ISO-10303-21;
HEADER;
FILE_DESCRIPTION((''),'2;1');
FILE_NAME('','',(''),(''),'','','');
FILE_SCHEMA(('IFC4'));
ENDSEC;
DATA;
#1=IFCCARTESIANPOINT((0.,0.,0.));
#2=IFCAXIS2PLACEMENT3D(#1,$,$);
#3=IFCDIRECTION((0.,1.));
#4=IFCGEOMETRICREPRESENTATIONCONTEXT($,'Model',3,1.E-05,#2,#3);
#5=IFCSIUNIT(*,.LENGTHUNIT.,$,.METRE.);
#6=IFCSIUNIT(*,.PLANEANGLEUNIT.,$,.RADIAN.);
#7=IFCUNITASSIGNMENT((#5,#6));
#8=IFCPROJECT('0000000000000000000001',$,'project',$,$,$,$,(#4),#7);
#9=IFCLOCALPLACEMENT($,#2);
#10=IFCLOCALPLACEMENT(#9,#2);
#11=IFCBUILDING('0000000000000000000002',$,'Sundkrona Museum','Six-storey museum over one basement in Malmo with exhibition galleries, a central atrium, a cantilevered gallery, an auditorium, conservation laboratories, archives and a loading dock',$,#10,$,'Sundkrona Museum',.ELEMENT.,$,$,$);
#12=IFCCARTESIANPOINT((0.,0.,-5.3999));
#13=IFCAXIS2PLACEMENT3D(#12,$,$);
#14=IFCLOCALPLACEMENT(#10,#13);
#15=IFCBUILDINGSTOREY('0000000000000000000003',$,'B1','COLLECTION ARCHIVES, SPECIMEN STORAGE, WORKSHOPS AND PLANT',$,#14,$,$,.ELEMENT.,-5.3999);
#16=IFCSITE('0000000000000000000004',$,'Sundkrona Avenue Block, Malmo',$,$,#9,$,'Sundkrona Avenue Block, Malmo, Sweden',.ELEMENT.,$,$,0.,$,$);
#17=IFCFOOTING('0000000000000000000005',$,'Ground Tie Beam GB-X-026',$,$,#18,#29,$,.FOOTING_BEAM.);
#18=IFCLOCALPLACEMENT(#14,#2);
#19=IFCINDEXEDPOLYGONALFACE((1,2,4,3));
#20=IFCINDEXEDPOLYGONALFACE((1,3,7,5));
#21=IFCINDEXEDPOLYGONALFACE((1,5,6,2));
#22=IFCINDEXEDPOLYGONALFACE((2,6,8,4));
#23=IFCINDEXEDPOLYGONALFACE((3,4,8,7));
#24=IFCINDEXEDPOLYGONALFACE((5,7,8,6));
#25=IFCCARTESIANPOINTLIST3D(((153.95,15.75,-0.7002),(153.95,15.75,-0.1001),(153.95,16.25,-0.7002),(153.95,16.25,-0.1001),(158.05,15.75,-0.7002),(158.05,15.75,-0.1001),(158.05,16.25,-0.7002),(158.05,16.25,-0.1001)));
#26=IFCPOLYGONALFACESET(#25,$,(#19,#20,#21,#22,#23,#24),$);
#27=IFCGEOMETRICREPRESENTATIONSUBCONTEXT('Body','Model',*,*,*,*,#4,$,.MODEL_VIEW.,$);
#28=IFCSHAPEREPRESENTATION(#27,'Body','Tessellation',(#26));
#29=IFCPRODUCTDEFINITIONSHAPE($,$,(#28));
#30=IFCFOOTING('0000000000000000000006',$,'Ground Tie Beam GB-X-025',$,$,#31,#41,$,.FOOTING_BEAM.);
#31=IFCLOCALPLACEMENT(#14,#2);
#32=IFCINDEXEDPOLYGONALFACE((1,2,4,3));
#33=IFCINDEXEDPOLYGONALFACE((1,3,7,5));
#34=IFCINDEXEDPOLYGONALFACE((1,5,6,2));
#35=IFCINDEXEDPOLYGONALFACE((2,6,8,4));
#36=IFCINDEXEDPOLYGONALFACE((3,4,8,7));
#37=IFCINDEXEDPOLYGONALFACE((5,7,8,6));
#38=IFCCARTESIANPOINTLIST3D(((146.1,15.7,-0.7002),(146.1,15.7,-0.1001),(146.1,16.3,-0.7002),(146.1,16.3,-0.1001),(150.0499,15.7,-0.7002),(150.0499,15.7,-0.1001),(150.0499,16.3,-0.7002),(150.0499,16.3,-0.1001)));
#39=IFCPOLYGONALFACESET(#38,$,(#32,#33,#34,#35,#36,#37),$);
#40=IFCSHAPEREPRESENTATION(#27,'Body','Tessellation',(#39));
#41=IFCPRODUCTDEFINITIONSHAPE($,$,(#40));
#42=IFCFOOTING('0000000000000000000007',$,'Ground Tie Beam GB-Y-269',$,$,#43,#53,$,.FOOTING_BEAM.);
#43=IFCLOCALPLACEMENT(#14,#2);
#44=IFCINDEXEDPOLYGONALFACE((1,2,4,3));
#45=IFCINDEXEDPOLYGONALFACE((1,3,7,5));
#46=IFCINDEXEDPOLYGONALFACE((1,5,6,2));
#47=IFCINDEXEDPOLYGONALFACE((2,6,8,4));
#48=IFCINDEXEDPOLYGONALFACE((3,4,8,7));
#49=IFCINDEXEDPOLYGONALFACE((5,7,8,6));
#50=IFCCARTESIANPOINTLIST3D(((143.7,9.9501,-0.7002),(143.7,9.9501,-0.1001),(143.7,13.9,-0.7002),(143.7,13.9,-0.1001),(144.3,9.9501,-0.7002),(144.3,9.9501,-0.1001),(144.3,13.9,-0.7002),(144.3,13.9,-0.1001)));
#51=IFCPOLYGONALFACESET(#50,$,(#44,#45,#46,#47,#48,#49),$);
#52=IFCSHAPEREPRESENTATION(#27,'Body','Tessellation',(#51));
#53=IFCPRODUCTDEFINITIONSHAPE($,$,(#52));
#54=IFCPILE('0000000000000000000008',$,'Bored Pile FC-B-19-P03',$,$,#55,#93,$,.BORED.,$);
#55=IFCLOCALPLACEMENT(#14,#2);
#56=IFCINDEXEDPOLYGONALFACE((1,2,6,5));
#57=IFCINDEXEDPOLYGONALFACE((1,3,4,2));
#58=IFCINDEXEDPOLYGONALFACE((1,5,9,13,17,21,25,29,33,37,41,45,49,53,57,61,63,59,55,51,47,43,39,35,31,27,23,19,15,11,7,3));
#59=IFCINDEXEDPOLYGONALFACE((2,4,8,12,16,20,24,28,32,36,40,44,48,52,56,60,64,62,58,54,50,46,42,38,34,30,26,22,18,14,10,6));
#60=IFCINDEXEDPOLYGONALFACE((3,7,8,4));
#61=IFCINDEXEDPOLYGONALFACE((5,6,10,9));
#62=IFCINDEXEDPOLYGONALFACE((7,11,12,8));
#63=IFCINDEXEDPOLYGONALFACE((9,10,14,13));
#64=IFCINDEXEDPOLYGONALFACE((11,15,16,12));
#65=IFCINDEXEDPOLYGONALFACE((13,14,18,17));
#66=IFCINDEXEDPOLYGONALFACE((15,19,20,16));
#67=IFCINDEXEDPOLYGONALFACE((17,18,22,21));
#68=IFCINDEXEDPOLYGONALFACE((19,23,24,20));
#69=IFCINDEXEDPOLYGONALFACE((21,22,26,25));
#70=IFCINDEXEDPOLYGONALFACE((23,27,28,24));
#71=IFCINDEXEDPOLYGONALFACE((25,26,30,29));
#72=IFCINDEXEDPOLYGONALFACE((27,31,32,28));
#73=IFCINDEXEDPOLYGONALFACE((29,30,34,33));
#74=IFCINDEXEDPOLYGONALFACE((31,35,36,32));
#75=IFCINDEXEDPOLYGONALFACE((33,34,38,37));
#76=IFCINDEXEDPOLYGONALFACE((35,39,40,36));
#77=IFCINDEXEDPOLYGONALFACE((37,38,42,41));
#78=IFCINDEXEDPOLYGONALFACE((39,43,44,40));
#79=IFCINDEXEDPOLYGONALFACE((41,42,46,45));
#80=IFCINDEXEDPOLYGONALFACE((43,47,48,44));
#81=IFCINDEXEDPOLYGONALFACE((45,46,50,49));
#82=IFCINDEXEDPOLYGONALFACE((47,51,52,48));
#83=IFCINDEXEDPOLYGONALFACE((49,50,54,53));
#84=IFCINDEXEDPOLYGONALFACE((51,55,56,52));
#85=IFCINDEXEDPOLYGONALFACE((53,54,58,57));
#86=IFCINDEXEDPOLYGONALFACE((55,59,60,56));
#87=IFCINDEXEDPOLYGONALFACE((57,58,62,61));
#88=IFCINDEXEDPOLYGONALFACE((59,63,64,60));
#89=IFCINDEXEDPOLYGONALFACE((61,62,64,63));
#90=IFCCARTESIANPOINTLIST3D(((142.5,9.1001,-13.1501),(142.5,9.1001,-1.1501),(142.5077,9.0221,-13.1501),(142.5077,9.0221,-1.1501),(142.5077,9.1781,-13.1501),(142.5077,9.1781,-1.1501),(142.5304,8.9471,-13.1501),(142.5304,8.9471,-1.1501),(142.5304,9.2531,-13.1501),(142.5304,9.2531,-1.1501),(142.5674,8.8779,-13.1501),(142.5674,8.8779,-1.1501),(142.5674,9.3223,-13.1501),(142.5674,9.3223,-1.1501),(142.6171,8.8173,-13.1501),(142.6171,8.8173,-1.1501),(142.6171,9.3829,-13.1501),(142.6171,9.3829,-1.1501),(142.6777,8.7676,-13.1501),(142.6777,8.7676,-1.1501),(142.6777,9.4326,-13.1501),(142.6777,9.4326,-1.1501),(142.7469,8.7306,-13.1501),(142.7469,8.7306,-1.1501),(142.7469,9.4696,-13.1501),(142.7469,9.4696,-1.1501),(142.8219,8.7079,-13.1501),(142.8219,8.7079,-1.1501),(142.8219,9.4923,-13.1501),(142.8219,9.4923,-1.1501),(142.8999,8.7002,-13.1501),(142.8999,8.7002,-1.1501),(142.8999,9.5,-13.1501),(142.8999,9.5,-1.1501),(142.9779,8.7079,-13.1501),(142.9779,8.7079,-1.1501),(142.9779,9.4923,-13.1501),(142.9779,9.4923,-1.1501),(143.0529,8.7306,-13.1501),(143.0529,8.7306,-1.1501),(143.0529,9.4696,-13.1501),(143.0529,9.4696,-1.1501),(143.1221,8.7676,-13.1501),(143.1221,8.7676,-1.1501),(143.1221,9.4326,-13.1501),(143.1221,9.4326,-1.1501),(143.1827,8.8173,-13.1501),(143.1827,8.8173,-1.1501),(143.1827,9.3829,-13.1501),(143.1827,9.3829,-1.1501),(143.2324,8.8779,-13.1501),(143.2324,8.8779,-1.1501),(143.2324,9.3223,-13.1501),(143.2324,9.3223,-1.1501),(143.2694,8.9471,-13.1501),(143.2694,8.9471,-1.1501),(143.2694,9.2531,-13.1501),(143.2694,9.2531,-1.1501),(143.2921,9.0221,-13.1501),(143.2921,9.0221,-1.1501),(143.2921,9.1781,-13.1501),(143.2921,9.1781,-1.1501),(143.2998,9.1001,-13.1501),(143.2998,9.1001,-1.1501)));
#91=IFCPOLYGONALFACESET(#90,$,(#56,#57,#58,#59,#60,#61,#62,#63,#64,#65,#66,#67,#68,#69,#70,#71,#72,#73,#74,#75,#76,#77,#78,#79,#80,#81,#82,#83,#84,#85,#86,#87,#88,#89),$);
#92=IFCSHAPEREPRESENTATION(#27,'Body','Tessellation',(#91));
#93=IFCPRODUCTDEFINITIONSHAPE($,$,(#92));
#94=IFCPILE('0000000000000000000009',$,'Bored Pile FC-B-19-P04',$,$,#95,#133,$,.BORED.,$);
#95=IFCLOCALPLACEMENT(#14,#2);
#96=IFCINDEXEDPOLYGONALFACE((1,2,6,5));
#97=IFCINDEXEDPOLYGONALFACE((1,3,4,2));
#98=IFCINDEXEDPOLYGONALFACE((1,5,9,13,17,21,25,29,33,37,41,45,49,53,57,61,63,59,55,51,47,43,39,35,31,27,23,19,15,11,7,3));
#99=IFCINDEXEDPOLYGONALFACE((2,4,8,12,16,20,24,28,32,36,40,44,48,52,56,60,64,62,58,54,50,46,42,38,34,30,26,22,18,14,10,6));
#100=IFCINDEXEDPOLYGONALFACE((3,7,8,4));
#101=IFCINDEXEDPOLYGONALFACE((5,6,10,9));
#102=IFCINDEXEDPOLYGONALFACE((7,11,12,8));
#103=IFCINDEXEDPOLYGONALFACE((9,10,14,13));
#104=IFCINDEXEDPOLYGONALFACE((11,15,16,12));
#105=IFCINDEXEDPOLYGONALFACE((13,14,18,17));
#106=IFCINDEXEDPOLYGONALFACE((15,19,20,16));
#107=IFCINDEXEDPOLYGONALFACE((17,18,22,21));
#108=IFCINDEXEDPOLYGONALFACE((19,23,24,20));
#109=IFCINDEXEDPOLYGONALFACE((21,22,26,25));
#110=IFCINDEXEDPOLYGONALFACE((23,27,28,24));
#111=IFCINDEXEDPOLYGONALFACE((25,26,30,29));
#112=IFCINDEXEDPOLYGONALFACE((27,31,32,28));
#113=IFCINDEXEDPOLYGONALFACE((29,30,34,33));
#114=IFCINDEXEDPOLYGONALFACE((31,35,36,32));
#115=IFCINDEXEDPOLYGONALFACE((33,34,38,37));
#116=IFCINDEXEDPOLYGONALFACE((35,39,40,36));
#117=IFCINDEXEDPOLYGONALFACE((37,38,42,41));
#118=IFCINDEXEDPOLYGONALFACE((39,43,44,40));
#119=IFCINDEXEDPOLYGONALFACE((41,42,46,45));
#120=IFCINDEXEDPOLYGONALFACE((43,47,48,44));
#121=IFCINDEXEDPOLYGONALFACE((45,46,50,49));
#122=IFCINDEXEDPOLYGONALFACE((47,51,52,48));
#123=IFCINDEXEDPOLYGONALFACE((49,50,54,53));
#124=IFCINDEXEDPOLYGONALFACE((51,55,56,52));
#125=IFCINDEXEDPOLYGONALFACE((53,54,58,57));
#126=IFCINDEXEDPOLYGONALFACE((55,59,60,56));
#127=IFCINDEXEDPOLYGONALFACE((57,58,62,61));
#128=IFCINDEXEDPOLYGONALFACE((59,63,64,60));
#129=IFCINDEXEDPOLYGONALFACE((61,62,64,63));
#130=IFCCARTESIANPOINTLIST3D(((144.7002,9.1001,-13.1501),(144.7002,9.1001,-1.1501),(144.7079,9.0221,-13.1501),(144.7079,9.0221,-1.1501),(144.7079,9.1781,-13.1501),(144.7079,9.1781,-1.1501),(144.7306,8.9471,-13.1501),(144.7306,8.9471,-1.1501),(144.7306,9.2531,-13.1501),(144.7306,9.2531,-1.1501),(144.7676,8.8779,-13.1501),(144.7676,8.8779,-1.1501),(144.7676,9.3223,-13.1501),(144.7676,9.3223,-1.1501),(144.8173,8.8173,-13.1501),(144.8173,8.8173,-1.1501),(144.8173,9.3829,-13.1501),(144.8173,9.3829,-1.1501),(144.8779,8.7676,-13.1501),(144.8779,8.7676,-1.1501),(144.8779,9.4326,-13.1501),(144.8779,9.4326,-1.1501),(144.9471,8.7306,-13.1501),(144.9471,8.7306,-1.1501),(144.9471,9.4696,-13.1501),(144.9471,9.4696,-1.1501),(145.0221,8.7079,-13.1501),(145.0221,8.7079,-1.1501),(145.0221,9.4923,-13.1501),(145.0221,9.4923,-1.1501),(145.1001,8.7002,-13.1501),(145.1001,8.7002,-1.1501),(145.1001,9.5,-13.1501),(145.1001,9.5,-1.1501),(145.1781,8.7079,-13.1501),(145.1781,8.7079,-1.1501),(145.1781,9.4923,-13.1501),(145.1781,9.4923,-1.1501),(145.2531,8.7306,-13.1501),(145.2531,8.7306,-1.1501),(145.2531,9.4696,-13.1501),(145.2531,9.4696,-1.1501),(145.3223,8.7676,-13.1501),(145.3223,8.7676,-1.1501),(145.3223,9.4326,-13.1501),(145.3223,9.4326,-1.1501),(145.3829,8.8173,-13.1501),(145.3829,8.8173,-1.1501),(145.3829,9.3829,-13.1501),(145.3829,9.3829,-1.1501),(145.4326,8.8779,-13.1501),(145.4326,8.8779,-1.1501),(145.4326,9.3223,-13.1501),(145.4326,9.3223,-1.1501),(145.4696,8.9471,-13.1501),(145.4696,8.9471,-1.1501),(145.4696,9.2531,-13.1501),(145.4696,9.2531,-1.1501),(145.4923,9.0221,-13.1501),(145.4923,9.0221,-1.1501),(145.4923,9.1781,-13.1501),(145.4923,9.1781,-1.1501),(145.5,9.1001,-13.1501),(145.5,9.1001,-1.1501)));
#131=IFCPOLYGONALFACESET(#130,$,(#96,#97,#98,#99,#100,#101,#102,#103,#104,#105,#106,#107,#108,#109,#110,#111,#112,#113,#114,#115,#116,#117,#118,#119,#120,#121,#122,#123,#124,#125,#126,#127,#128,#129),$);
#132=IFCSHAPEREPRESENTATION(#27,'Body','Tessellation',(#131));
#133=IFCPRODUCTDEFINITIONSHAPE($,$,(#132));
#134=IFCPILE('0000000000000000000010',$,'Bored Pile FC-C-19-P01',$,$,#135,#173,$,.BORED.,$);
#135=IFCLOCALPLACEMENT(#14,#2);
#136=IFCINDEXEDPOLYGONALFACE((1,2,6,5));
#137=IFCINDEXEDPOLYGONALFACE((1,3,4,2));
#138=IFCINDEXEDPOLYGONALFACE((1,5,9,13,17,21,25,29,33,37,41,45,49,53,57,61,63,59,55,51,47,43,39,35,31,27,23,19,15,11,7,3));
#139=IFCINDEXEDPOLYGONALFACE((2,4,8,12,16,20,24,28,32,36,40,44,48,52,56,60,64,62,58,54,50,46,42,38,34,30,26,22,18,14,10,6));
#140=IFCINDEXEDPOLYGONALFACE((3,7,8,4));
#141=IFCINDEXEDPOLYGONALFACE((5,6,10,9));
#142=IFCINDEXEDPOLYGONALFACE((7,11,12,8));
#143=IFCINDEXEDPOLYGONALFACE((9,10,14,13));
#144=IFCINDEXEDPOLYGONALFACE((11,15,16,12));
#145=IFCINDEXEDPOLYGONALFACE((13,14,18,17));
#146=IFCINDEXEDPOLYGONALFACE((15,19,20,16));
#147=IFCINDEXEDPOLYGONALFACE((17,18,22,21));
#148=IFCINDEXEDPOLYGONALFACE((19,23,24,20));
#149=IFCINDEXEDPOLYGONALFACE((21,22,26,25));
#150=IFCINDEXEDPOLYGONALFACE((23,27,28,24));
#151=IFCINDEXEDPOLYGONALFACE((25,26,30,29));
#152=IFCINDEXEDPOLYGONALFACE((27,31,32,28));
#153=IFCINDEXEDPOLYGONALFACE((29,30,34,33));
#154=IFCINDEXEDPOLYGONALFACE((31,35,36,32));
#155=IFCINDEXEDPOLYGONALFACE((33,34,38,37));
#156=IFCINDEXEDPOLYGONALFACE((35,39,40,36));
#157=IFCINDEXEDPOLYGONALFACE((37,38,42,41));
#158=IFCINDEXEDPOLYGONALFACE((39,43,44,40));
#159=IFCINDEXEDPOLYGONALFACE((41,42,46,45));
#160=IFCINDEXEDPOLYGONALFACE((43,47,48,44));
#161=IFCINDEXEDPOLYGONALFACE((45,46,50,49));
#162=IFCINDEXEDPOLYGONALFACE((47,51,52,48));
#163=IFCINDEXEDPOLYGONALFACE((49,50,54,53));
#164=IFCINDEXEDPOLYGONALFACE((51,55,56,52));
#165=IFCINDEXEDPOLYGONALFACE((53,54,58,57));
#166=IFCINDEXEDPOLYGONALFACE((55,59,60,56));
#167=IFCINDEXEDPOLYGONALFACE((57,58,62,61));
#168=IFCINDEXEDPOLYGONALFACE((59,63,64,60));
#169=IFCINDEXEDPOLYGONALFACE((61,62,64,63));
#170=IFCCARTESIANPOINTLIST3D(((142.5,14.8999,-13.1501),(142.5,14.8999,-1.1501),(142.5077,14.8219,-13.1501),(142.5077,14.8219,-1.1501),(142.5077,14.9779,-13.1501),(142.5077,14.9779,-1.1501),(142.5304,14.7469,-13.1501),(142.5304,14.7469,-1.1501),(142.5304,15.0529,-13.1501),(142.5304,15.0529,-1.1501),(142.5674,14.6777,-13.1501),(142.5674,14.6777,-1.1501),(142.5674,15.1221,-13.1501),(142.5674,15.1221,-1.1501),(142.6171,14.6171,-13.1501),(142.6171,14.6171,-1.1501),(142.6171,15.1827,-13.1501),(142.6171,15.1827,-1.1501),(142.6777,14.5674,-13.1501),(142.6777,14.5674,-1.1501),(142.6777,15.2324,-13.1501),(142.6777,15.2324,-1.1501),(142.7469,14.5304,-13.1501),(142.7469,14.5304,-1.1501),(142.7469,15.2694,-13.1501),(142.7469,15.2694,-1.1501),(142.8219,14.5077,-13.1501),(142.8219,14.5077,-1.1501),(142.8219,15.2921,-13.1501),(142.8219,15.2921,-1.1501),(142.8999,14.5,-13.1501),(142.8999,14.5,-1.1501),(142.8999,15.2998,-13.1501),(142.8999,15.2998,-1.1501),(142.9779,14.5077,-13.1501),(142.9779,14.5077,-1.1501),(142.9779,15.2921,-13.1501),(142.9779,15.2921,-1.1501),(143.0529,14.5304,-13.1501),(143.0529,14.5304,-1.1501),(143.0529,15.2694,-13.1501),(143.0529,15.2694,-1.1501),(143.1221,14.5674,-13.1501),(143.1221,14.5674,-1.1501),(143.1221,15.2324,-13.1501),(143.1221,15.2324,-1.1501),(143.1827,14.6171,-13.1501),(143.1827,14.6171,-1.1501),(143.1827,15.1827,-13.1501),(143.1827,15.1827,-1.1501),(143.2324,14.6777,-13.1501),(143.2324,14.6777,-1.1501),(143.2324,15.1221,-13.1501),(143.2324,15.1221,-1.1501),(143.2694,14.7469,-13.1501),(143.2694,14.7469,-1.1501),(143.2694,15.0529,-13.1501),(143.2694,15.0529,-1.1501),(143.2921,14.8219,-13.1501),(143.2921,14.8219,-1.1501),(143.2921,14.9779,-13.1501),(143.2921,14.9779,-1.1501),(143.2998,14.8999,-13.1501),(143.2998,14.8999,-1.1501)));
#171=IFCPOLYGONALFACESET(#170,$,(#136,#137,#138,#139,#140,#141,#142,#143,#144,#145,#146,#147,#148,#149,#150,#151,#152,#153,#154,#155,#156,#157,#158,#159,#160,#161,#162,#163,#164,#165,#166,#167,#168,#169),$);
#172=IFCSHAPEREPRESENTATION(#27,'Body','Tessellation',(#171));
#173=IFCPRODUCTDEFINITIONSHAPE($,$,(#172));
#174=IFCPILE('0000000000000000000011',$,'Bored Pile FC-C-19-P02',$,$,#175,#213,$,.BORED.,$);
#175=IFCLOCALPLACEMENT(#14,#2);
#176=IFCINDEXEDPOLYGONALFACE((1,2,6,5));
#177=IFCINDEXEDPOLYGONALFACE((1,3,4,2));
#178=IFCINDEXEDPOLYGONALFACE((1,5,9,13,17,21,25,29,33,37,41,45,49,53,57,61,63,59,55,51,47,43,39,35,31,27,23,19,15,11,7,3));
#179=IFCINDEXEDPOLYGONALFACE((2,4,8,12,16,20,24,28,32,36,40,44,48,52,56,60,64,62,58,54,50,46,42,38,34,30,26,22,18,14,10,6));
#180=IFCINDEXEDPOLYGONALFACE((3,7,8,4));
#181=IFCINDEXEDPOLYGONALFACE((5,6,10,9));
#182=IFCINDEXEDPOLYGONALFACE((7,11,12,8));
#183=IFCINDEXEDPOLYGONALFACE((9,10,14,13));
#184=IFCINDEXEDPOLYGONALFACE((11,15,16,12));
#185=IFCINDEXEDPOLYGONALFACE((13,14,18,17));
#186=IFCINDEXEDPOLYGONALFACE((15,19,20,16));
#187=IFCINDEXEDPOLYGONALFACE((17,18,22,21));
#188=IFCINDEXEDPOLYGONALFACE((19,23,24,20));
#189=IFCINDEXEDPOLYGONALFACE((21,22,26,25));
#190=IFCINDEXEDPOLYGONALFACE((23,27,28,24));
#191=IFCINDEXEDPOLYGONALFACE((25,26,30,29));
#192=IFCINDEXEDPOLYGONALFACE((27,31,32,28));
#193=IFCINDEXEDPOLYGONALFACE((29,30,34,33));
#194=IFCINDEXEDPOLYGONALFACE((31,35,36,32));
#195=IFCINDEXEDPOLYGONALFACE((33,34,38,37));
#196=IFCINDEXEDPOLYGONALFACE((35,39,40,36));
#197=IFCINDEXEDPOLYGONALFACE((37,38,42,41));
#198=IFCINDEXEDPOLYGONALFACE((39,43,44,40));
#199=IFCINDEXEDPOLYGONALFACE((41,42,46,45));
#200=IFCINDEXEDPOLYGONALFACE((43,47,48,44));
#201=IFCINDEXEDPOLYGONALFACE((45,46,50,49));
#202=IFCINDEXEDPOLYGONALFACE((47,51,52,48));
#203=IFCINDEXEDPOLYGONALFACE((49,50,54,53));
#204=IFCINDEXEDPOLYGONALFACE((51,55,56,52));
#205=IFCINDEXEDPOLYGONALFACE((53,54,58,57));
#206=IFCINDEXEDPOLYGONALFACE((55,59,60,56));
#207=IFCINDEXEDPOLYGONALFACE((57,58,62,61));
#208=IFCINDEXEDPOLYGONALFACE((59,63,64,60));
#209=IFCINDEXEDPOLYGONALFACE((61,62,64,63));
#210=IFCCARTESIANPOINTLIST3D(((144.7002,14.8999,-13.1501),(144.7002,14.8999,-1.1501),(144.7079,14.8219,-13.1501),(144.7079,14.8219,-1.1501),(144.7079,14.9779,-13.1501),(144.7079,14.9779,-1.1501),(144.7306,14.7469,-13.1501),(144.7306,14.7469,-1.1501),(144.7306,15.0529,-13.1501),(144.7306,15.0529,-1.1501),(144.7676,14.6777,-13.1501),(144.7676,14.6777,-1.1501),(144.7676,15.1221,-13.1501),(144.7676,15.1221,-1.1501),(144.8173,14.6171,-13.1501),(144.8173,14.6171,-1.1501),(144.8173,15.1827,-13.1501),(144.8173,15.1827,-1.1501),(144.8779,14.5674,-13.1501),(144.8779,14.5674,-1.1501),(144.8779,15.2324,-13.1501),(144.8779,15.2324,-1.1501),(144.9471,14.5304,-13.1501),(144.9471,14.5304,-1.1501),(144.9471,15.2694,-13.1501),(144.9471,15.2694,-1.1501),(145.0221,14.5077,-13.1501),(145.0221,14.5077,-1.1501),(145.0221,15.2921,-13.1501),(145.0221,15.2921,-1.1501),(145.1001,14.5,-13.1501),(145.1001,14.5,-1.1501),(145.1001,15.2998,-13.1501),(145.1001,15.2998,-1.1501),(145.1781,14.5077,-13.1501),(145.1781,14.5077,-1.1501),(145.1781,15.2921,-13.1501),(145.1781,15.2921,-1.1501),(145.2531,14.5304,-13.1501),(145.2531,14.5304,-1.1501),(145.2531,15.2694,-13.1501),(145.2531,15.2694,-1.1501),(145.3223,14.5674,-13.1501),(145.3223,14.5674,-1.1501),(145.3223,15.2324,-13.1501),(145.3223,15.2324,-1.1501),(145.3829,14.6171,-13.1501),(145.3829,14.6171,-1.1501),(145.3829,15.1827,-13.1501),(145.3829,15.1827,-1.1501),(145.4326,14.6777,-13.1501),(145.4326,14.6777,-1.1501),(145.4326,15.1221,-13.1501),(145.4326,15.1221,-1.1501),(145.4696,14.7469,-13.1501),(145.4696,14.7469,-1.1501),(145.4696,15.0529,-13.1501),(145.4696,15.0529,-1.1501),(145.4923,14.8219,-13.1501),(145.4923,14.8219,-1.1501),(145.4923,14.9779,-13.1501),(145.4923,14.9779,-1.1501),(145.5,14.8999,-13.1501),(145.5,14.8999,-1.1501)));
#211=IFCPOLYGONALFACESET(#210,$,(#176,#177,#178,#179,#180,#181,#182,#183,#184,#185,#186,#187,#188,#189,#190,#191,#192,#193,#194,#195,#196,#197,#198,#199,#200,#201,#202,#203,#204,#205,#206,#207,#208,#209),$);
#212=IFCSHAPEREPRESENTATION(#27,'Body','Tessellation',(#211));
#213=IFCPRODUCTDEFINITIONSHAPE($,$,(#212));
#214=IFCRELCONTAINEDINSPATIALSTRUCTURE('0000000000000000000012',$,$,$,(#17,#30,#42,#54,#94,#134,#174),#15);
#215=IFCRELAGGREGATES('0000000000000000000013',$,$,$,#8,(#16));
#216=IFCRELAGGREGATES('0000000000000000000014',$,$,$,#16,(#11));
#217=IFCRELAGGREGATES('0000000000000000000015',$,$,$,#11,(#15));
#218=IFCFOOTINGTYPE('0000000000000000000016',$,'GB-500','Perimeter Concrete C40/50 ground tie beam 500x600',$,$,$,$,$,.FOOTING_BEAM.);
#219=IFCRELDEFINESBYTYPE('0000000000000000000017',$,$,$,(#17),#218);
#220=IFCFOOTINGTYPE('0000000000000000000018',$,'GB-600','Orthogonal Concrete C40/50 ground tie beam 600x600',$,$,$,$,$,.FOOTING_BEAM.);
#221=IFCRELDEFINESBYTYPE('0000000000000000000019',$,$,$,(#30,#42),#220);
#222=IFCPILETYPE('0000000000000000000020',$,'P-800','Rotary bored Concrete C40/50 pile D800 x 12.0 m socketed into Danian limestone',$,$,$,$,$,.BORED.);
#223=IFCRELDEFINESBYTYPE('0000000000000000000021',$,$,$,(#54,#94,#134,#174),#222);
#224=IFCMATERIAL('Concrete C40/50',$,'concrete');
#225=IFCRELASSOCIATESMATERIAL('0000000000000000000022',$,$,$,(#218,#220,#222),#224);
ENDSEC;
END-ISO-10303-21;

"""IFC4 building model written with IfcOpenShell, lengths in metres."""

from ifc_helpers import new_model, si_unit, direction, frame, origin, origin_2d, place, context, subcontext, project, spatial, rectangle, circle, extrude, material, material_profile, profile_set, type_object, element, save


model = new_model("IFC4")

# Units and contexts
model_context = context("Model", 3, precision=1e-05, world=origin(), true_north=direction((0.0, 1.0)))
body_context = subcontext(model_context, "Body", "Model", "MODEL_VIEW")
ifc_project = project(units=[si_unit("LENGTHUNIT", "METRE"), si_unit("PLANEANGLEUNIT", "RADIAN")], contexts=[model_context])

# Site, building, storey
site_placement = place(None, origin())
site = spatial("IfcSite", under=ifc_project, at=site_placement, Name="Sundkrona Avenue Block, Malmo", LongName="Sundkrona Avenue Block, Malmo, Sweden", CompositionType="ELEMENT", RefElevation=0.0)
building_placement = place(site_placement, origin())
building = spatial("IfcBuilding", under=site, at=building_placement, Name="Sundkrona Museum", Description="Six-storey museum over one basement in Malmo with exhibition galleries, a central atrium, a cantilevered gallery, an auditorium, conservation laboratories, archives and a loading dock", LongName="Sundkrona Museum", CompositionType="ELEMENT")
storey_placement = place(building_placement, frame((0.0, 0.0, -5.3999)))
storey = spatial("IfcBuildingStorey", under=building, at=storey_placement, Name="B1", Description="COLLECTION ARCHIVES, SPECIMEN STORAGE, WORKSHOPS AND PLANT", CompositionType="ELEMENT", Elevation=-5.3999)

# Footings
ifc_material_1 = material(Name="Concrete C40/50", Category="concrete")
footing_type_1 = type_object("IfcFootingType", Name="GB-500", Description="Perimeter Concrete C40/50 ground tie beam 500x600", PredefinedType="FOOTING_BEAM", material=ifc_material_1)
footing_1_placement = place(storey_placement, frame((156.0, 16.0, -0.7002), z_axis=(0.0, 0.0, 1.0), x_axis=(1.0, 0.0, 0.0)))
element("IfcFooting", 1, at=footing_1_placement, inside=storey, type_object=footing_type_1, Name="Ground Tie Beam GB-X-026", PredefinedType="FOOTING_BEAM", context=body_context, shape_type="SweptSolid", body=[
    extrude(rectangle(XDim=4.1001, YDim=0.5, at=origin_2d()), origin(), (0.0, 0.0, 1.0), 0.6001),
])
footing_type_2 = type_object("IfcFootingType", Name="GB-600", Description="Orthogonal Concrete C40/50 ground tie beam 600x600", PredefinedType="FOOTING_BEAM", material=ifc_material_1)
for number, where, z_axis, x_axis, name in (
    (2, (148.075, 16.0, -0.7002), (0.0, 0.0, 1.0), (1.0, 0.0, 0.0), "Ground Tie Beam GB-X-025"),
    (3, (144.0, 11.925, -0.7002), (0.0, 0.0, 1.0), (0.0, 1.0, 0.0), "Ground Tie Beam GB-Y-269"),
):
    element("IfcFooting", number, at=place(storey_placement, frame(where, z_axis=z_axis, x_axis=x_axis)), inside=storey, type_object=footing_type_2, Name=name, PredefinedType="FOOTING_BEAM", context=body_context, shape_type="SweptSolid", body=[
        extrude(rectangle(XDim=3.95, YDim=0.6001, at=origin_2d()), origin(), (0.0, 0.0, 1.0), 0.6001),
    ])

# Piles
ifc_material_profile_1 = material_profile(ifc_material_1, circle(Radius=0.3999, at=origin_2d()), Name="PILE D800")
ifc_profile_set_1 = profile_set([ifc_material_profile_1], Name="Concrete C40/50")
pile_type = type_object("IfcPileType", Name="P-800", Description="Rotary bored Concrete C40/50 pile D800 x 12.0 m socketed into Danian limestone", PredefinedType="BORED", material=ifc_profile_set_1)
for number, where, z_axis, x_axis, name in (
    (4, (142.8999, 9.1001, -1.1501), (0.0, 0.0, -1.0), (1.0, 0.0, 0.0), "Bored Pile FC-B-19-P03"),
    (5, (145.1001, 9.1001, -1.1501), (0.0, 0.0, -1.0), (1.0, 0.0, 0.0), "Bored Pile FC-B-19-P04"),
    (6, (142.8999, 14.8999, -1.1501), (0.0, 0.0, -1.0), (1.0, 0.0, 0.0), "Bored Pile FC-C-19-P01"),
    (7, (145.1001, 14.8999, -1.1501), (0.0, 0.0, -1.0), (1.0, 0.0, 0.0), "Bored Pile FC-C-19-P02"),
):
    element("IfcPile", number, at=place(storey_placement, frame(where, z_axis=z_axis, x_axis=x_axis)), inside=storey, type_object=pile_type, Name=name, PredefinedType="BORED", context=body_context, shape_type="SweptSolid", body=[
        extrude(circle(Radius=0.3999, at=origin_2d()), origin(), (0.0, 0.0, 1.0), 12.0),
    ])

save(model, "model.ifc")
